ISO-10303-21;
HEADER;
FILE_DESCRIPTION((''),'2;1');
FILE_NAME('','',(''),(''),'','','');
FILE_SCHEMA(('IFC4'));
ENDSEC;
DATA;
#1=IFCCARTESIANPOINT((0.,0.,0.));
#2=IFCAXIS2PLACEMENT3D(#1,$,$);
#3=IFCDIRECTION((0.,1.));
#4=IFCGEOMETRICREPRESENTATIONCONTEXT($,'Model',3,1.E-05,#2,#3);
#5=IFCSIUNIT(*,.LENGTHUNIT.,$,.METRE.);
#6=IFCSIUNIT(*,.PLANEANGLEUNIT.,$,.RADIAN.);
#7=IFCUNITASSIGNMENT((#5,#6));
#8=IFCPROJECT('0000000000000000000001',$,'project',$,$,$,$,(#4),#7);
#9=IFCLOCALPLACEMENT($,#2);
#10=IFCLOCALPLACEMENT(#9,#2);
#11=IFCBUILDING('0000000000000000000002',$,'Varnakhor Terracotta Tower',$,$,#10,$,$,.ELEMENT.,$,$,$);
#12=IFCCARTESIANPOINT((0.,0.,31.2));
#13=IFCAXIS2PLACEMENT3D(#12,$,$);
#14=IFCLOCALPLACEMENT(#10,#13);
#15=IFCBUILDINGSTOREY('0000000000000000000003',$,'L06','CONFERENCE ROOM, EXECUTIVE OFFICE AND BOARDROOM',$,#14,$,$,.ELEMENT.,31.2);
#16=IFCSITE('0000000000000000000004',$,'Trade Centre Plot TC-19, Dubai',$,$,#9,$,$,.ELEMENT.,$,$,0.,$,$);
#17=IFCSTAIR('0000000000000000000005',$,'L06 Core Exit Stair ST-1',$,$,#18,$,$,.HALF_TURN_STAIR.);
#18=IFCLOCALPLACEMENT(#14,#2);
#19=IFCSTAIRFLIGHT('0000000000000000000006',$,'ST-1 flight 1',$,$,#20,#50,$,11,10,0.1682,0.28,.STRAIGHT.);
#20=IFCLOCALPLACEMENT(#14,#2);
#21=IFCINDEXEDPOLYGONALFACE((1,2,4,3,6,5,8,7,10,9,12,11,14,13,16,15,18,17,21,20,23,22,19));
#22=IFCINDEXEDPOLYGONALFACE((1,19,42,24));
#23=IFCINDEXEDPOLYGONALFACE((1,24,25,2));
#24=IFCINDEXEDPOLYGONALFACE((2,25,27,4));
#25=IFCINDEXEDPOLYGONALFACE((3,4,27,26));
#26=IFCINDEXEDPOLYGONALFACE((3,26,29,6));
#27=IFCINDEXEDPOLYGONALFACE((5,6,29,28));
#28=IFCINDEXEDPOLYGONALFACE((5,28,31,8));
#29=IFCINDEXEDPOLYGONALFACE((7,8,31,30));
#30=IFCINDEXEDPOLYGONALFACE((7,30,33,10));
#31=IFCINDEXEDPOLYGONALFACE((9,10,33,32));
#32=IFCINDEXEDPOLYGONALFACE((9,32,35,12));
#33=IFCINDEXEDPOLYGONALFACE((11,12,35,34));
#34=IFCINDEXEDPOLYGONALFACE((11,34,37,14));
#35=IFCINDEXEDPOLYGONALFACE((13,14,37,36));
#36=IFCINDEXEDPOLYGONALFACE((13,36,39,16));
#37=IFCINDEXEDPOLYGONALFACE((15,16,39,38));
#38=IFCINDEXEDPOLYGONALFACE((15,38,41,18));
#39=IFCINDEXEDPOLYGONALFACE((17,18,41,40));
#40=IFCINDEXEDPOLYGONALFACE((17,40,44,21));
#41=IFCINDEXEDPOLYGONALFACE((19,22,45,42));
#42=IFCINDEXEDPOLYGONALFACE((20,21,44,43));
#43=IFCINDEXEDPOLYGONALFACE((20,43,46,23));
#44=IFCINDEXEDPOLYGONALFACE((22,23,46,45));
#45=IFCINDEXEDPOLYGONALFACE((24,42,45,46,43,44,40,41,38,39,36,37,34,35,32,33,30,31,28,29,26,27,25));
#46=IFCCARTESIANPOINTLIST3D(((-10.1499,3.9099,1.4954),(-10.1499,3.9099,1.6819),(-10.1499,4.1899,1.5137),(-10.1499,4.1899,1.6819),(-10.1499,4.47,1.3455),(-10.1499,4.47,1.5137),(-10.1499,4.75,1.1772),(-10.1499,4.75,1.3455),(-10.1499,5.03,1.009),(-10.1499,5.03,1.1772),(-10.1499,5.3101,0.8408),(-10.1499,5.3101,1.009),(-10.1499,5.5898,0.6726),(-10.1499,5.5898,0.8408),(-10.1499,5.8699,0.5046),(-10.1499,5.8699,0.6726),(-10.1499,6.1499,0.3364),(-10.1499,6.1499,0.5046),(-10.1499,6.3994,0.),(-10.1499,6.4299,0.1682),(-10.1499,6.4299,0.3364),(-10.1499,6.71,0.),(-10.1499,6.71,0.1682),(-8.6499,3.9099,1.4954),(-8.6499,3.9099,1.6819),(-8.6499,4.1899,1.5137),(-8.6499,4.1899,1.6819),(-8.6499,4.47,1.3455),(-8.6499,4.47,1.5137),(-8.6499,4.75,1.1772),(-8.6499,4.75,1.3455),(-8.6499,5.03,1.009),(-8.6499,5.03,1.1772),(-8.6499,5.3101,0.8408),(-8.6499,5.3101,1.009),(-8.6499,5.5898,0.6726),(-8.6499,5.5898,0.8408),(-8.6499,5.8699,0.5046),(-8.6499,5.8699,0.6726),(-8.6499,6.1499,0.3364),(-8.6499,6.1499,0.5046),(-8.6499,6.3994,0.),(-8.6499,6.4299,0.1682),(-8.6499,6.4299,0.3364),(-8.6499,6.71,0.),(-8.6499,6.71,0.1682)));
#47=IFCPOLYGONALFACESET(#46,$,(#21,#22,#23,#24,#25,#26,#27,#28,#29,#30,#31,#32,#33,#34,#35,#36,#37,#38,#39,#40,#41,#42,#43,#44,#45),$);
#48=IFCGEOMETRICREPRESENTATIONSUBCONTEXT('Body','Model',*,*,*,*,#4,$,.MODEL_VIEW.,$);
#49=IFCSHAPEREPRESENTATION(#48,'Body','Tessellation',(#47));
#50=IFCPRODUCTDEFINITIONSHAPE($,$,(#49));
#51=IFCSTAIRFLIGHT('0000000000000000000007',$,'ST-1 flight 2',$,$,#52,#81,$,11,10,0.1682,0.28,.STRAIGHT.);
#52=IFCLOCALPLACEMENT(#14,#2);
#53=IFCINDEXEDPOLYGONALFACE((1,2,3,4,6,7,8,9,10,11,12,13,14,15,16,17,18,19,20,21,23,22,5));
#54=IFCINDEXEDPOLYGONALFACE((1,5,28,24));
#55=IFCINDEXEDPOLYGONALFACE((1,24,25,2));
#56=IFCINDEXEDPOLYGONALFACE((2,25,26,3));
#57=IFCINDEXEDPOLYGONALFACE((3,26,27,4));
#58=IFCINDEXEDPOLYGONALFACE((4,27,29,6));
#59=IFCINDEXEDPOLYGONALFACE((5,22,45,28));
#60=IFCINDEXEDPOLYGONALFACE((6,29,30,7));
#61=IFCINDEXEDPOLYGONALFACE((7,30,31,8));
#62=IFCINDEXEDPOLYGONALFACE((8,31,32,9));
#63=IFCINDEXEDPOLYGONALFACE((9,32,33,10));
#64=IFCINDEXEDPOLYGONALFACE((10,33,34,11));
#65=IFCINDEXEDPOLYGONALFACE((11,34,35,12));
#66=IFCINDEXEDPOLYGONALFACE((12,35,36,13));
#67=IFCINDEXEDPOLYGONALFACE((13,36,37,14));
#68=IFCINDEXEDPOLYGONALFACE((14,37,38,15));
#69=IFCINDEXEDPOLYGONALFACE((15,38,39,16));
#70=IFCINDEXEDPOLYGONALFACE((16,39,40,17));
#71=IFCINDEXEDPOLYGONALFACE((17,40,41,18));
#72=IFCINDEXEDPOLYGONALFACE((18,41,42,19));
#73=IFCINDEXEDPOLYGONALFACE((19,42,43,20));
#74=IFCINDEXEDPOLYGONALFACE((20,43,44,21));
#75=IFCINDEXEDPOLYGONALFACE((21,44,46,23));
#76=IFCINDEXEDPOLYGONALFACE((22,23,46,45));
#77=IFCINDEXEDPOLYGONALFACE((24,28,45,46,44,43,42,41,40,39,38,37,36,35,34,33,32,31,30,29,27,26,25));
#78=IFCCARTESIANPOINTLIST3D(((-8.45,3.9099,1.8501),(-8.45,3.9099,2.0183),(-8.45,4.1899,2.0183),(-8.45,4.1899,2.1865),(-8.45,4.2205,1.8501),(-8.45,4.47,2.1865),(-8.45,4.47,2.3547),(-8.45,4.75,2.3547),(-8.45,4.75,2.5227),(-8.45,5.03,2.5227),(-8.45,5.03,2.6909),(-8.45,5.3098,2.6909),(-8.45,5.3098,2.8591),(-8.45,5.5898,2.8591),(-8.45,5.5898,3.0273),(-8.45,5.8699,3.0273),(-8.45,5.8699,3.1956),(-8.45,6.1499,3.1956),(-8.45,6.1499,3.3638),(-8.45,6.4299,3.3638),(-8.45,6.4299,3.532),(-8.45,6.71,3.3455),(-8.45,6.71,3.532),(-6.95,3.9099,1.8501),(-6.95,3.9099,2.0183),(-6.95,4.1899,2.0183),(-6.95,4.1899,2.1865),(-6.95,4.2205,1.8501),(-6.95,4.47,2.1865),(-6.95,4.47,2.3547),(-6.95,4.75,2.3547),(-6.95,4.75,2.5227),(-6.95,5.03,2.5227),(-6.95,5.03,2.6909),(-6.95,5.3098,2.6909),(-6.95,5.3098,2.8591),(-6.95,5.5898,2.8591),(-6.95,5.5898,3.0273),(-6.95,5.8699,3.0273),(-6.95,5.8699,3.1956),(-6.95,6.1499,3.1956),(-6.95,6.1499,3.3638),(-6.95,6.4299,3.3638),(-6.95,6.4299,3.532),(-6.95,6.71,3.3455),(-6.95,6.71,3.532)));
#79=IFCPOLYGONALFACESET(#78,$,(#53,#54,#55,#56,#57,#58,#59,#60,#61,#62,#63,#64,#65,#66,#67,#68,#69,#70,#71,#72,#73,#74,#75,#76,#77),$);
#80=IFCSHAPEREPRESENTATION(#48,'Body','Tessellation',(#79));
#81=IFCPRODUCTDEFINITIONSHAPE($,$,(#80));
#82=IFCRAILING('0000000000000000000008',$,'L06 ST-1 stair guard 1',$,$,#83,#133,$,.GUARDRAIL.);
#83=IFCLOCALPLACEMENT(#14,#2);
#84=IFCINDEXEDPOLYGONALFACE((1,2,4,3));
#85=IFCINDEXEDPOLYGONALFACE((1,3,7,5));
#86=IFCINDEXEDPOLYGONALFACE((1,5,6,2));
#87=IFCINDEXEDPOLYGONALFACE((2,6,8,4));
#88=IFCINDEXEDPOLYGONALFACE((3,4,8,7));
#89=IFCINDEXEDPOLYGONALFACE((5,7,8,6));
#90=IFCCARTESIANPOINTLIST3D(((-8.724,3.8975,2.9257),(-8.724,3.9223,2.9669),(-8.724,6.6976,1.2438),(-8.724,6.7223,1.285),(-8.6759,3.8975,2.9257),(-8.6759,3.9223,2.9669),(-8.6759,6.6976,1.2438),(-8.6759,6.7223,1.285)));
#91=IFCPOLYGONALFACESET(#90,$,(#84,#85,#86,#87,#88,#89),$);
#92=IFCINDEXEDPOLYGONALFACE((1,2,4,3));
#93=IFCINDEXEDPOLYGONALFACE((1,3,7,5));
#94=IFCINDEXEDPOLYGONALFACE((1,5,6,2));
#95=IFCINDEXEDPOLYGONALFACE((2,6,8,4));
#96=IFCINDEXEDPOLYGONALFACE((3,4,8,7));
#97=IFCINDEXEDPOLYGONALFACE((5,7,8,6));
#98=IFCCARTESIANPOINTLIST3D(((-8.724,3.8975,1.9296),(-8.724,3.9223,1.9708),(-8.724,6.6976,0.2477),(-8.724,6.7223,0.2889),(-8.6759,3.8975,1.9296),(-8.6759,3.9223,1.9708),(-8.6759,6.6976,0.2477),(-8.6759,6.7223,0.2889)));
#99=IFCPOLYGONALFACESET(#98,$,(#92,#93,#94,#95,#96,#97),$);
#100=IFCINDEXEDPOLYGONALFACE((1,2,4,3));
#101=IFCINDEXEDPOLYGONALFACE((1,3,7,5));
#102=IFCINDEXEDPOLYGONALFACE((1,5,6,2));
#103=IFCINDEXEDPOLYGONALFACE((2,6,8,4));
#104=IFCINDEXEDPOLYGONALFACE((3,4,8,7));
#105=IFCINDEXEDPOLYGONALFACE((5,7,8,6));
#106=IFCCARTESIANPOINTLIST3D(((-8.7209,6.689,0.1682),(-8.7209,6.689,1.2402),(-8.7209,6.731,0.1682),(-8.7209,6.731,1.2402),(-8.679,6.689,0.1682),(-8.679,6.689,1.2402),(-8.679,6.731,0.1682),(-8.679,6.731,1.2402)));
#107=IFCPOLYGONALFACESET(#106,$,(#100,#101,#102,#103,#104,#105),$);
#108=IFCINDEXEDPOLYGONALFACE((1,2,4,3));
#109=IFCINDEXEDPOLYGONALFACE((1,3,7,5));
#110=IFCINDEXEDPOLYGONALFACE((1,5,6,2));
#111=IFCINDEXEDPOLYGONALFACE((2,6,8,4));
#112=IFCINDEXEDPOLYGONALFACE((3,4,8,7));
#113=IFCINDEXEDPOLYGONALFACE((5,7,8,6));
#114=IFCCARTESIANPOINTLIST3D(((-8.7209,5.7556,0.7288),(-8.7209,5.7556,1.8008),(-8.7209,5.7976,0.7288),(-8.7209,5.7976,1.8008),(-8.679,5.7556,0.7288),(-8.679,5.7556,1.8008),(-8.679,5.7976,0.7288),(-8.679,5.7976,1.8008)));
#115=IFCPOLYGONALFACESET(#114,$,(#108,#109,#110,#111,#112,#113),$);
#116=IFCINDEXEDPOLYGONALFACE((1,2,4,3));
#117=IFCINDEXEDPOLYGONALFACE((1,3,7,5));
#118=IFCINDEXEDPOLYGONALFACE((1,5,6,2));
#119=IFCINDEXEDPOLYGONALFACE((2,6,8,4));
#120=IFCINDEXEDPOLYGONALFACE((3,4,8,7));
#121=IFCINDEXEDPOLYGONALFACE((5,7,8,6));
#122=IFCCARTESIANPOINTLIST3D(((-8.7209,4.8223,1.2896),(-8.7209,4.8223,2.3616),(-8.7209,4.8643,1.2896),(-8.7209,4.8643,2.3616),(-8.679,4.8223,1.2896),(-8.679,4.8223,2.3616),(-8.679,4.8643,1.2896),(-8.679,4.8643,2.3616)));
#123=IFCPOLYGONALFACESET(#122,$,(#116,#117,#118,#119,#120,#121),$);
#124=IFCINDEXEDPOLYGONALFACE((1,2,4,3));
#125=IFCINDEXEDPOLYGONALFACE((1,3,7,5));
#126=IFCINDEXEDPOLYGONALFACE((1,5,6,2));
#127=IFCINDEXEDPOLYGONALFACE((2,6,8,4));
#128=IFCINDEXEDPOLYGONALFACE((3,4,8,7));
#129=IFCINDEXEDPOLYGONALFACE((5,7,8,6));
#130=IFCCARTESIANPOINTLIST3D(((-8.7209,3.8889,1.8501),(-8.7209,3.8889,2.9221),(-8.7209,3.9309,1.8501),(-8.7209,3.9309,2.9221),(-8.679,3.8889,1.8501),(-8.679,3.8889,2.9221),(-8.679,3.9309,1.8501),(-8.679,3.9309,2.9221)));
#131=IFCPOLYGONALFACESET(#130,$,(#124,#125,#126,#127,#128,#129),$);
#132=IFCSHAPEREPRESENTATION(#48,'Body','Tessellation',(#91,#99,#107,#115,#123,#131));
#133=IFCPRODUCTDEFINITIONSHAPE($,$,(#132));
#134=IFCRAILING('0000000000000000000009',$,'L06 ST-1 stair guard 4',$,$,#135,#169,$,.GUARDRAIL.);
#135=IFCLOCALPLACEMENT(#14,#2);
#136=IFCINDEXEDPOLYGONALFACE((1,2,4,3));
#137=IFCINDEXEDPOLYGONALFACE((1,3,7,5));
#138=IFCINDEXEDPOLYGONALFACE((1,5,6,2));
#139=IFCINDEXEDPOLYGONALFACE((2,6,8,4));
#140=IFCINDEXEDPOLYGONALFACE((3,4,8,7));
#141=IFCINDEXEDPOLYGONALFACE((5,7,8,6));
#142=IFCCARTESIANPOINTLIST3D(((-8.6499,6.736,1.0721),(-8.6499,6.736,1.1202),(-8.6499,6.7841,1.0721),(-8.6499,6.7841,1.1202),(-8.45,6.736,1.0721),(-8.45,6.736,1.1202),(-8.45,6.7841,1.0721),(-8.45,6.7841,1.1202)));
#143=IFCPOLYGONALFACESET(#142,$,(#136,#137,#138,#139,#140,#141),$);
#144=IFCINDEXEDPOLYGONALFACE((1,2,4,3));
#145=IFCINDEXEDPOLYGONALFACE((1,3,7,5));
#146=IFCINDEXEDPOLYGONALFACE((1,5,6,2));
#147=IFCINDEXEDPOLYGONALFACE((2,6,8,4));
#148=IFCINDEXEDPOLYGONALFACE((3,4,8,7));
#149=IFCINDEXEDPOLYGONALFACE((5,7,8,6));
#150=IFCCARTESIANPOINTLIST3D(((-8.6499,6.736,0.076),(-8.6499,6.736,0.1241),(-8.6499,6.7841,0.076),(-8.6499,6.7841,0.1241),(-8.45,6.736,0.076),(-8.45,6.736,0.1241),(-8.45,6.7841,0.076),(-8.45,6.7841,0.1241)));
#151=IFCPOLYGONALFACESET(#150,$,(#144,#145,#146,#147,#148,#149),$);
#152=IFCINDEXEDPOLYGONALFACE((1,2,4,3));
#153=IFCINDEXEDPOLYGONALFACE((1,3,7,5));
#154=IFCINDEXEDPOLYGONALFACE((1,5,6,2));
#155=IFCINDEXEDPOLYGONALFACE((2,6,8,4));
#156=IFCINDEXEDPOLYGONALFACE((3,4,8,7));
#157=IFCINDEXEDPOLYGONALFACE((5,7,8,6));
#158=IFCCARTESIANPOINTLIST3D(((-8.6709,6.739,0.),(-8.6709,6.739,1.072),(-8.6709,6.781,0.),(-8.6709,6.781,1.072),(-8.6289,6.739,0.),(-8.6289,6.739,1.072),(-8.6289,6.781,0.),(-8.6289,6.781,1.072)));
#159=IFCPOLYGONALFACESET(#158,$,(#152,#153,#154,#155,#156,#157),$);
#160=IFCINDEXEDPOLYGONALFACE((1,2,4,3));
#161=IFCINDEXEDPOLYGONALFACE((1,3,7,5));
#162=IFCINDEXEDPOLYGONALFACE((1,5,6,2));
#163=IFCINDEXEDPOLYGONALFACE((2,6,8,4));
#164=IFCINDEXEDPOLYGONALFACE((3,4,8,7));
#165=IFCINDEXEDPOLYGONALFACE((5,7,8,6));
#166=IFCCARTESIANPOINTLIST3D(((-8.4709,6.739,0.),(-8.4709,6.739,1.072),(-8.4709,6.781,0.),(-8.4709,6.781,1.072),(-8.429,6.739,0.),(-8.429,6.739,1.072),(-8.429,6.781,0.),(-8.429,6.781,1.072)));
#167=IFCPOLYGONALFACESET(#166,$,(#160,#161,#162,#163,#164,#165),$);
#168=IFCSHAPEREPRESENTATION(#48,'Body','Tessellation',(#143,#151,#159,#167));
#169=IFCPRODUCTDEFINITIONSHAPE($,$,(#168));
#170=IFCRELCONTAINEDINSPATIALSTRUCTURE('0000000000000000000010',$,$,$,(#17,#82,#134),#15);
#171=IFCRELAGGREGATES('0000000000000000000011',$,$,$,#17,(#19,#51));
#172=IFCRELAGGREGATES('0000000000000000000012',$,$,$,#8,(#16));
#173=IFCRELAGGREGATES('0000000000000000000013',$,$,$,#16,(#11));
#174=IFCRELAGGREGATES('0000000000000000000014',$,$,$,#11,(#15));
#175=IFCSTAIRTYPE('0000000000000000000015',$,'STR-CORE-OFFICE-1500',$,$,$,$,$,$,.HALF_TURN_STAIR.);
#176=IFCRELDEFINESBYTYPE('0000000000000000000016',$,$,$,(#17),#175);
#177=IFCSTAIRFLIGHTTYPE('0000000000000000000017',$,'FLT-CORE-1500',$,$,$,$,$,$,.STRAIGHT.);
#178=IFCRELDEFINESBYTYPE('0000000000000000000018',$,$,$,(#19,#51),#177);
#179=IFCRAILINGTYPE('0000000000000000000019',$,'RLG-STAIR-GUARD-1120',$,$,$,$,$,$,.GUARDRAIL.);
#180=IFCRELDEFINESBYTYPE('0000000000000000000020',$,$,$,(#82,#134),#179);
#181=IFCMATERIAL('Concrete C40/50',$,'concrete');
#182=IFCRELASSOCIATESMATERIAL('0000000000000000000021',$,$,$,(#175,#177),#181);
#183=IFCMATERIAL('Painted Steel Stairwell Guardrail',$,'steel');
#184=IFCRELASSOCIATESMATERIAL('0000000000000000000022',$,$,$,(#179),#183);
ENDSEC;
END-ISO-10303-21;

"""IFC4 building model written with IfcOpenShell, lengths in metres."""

from ifc_helpers import new_model, si_unit, direction, frame, origin, origin_2d, place, context, subcontext, project, spatial, polyline, rectangle, outline, extrude, material, type_object, element, aggregate, save


model = new_model("IFC4")

# Units and contexts
model_context = context("Model", 3, precision=1e-05, world=origin(), true_north=direction((0.0, 1.0)))
body_context = subcontext(model_context, "Body", "Model", "MODEL_VIEW")
ifc_project = project(units=[si_unit("LENGTHUNIT", "METRE"), si_unit("PLANEANGLEUNIT", "RADIAN")], contexts=[model_context])

# Site, building, storey
site_placement = place(None, origin())
site = spatial("IfcSite", under=ifc_project, at=site_placement, Name="Trade Centre Plot TC-19, Dubai", CompositionType="ELEMENT", RefElevation=0.0)
building_placement = place(site_placement, origin())
building = spatial("IfcBuilding", under=site, at=building_placement, Name="Varnakhor Terracotta Tower", CompositionType="ELEMENT")
storey_placement = place(building_placement, frame((0.0, 0.0, 31.2)))
storey = spatial("IfcBuildingStorey", under=building, at=storey_placement, Name="L06", Description="CONFERENCE ROOM, EXECUTIVE OFFICE AND BOARDROOM", CompositionType="ELEMENT", Elevation=31.2)

# Shared definitions
ifc_material_1 = material(Name="Concrete C40/50", Category="concrete")

# Stair, stair flights
stair_type = type_object("IfcStairType", Name="STR-CORE-OFFICE-1500", PredefinedType="HALF_TURN_STAIR", material=ifc_material_1)
stair_placement = place(storey_placement, origin())
stair = element("IfcStair", 1, at=stair_placement, inside=storey, type_object=stair_type, Name="L06 Core Exit Stair ST-1", PredefinedType="HALF_TURN_STAIR")
stair_flight_type = type_object("IfcStairFlightType", Name="FLT-CORE-1500", PredefinedType="STRAIGHT", material=ifc_material_1)
stair_flight_1_placement = place(storey_placement, frame((-9.3999, 6.71, 0.0), z_axis=(0.0, 0.0, 1.0), x_axis=(0.0, -1.0, 0.0)))
stair_flight_1 = element("IfcStairFlight", 2, at=stair_flight_1_placement, type_object=stair_flight_type, Name="ST-1 flight 1", NumberOfRisers=11, NumberOfTreads=10, PredefinedType="STRAIGHT", RiserHeight=0.1682, TreadLength=0.28, context=body_context, shape_type="SweptSolid", body=[
    extrude(outline(polyline([(0.0, 0.0), (0.0, 0.1682), (0.28, 0.1682), (0.28, 0.3364), (0.5601, 0.3364), (0.5601, 0.5046), (0.8401, 0.5046), (0.8401, 0.6726), (1.1201, 0.6726), (1.1201, 0.8408), (1.3999, 0.8408), (1.3999, 1.009), (1.6799, 1.009), (1.6799, 1.1772), (1.96, 1.1772), (1.96, 1.3455), (2.24, 1.3455), (2.24, 1.5137), (2.52, 1.5137), (2.52, 1.6819), (2.8, 1.6819), (2.8, 1.8501), (2.8, 1.4954), (0.3105, 0.0), (0.0, 0.0)])), frame((0.0, 0.75, 0.0), z_axis=(0.0, -1.0, 0.0), x_axis=(1.0, 0.0, 0.0)), (0.0, 0.0, 1.0), 1.5),
])
stair_flight_2_placement = place(storey_placement, frame((-7.7, 3.9099, 1.8501), z_axis=(0.0, 0.0, 1.0), x_axis=(0.0, 1.0, 0.0)))
stair_flight_2 = element("IfcStairFlight", 3, at=stair_flight_2_placement, type_object=stair_flight_type, Name="ST-1 flight 2", NumberOfRisers=11, NumberOfTreads=10, PredefinedType="STRAIGHT", RiserHeight=0.1682, TreadLength=0.28, context=body_context, shape_type="SweptSolid", body=[
    extrude(outline(polyline([(0.0, 0.0), (0.0, 0.1682), (0.28, 0.1682), (0.28, 0.3364), (0.5601, 0.3364), (0.5601, 0.5046), (0.8401, 0.5046), (0.8401, 0.6726), (1.1201, 0.6726), (1.1201, 0.8408), (1.3999, 0.8408), (1.3999, 1.009), (1.6799, 1.009), (1.6799, 1.1772), (1.96, 1.1772), (1.96, 1.3455), (2.24, 1.3455), (2.24, 1.5137), (2.52, 1.5137), (2.52, 1.6819), (2.8, 1.6819), (2.8, 1.8501), (2.8, 1.4954), (0.3105, 0.0), (0.0, 0.0)])), frame((0.0, 0.75, 0.0), z_axis=(0.0, -1.0, 0.0), x_axis=(1.0, 0.0, 0.0)), (0.0, 0.0, 1.0), 1.5),
])
aggregate(stair, [stair_flight_1, stair_flight_2])

# Railings
ifc_material_2 = material(Name="Painted Steel Stairwell Guardrail", Category="steel")
railing_type_1 = type_object("IfcRailingType", Name="RLG-STAIR-GUARD-1120", PredefinedType="GUARDRAIL", material=ifc_material_2)
railing_1_placement = place(storey_placement, frame((-8.7, 6.71, 0.1682)))
element("IfcRailing", 4, at=railing_1_placement, inside=storey, type_object=railing_type_1, Name="L06 ST-1 stair guard 1", PredefinedType="GUARDRAIL", context=body_context, shape_type="SweptSolid", body=[
    extrude(rectangle(XDim=0.0481, YDim=0.0481, at=origin_2d()), frame((0.0, 0.0, 1.0962), z_axis=(0.0, -0.857242, 0.514913), x_axis=(1.0, 0.0, 0.0)), (0.0, 0.0, 1.0), 3.2664),
    extrude(rectangle(XDim=0.0481, YDim=0.0481, at=origin_2d()), frame((0.0, 0.0, 0.1001), z_axis=(0.0, -0.857242, 0.514913), x_axis=(1.0, 0.0, 0.0)), (0.0, 0.0, 1.0), 3.2664),
    extrude(rectangle(XDim=0.042, YDim=0.042, at=origin_2d()), origin(), (0.0, 0.0, 1.0), 1.072),
    extrude(rectangle(XDim=0.042, YDim=0.042, at=origin_2d()), frame((0.0, -0.9333, 0.5605)), (0.0, 0.0, 1.0), 1.072),
    extrude(rectangle(XDim=0.042, YDim=0.042, at=origin_2d()), frame((0.0, -1.8667, 1.1213)), (0.0, 0.0, 1.0), 1.072),
    extrude(rectangle(XDim=0.042, YDim=0.042, at=origin_2d()), frame((0.0, -2.8, 1.6819)), (0.0, 0.0, 1.0), 1.072),
])
railing_2_placement = place(storey_placement, frame((-8.6499, 6.76, 0.0)))
element("IfcRailing", 5, at=railing_2_placement, inside=storey, type_object=railing_type_1, Name="L06 ST-1 stair guard 4", PredefinedType="GUARDRAIL", context=body_context, shape_type="SweptSolid", body=[
    extrude(rectangle(XDim=0.0481, YDim=0.0481, at=origin_2d()), frame((0.0, 0.0, 1.0962), z_axis=(1.0, 0.0, 0.0), x_axis=(0.0, 1.0, 0.0)), (0.0, 0.0, 1.0), 0.2),
    extrude(rectangle(XDim=0.0481, YDim=0.0481, at=origin_2d()), frame((0.0, 0.0, 0.1001), z_axis=(1.0, 0.0, 0.0), x_axis=(0.0, 1.0, 0.0)), (0.0, 0.0, 1.0), 0.2),
    extrude(rectangle(XDim=0.042, YDim=0.042, at=origin_2d()), origin(), (0.0, 0.0, 1.0), 1.072),
    extrude(rectangle(XDim=0.042, YDim=0.042, at=origin_2d()), frame((0.2, 0.0, 0.0)), (0.0, 0.0, 1.0), 1.072),
])

save(model, "model.ifc")
